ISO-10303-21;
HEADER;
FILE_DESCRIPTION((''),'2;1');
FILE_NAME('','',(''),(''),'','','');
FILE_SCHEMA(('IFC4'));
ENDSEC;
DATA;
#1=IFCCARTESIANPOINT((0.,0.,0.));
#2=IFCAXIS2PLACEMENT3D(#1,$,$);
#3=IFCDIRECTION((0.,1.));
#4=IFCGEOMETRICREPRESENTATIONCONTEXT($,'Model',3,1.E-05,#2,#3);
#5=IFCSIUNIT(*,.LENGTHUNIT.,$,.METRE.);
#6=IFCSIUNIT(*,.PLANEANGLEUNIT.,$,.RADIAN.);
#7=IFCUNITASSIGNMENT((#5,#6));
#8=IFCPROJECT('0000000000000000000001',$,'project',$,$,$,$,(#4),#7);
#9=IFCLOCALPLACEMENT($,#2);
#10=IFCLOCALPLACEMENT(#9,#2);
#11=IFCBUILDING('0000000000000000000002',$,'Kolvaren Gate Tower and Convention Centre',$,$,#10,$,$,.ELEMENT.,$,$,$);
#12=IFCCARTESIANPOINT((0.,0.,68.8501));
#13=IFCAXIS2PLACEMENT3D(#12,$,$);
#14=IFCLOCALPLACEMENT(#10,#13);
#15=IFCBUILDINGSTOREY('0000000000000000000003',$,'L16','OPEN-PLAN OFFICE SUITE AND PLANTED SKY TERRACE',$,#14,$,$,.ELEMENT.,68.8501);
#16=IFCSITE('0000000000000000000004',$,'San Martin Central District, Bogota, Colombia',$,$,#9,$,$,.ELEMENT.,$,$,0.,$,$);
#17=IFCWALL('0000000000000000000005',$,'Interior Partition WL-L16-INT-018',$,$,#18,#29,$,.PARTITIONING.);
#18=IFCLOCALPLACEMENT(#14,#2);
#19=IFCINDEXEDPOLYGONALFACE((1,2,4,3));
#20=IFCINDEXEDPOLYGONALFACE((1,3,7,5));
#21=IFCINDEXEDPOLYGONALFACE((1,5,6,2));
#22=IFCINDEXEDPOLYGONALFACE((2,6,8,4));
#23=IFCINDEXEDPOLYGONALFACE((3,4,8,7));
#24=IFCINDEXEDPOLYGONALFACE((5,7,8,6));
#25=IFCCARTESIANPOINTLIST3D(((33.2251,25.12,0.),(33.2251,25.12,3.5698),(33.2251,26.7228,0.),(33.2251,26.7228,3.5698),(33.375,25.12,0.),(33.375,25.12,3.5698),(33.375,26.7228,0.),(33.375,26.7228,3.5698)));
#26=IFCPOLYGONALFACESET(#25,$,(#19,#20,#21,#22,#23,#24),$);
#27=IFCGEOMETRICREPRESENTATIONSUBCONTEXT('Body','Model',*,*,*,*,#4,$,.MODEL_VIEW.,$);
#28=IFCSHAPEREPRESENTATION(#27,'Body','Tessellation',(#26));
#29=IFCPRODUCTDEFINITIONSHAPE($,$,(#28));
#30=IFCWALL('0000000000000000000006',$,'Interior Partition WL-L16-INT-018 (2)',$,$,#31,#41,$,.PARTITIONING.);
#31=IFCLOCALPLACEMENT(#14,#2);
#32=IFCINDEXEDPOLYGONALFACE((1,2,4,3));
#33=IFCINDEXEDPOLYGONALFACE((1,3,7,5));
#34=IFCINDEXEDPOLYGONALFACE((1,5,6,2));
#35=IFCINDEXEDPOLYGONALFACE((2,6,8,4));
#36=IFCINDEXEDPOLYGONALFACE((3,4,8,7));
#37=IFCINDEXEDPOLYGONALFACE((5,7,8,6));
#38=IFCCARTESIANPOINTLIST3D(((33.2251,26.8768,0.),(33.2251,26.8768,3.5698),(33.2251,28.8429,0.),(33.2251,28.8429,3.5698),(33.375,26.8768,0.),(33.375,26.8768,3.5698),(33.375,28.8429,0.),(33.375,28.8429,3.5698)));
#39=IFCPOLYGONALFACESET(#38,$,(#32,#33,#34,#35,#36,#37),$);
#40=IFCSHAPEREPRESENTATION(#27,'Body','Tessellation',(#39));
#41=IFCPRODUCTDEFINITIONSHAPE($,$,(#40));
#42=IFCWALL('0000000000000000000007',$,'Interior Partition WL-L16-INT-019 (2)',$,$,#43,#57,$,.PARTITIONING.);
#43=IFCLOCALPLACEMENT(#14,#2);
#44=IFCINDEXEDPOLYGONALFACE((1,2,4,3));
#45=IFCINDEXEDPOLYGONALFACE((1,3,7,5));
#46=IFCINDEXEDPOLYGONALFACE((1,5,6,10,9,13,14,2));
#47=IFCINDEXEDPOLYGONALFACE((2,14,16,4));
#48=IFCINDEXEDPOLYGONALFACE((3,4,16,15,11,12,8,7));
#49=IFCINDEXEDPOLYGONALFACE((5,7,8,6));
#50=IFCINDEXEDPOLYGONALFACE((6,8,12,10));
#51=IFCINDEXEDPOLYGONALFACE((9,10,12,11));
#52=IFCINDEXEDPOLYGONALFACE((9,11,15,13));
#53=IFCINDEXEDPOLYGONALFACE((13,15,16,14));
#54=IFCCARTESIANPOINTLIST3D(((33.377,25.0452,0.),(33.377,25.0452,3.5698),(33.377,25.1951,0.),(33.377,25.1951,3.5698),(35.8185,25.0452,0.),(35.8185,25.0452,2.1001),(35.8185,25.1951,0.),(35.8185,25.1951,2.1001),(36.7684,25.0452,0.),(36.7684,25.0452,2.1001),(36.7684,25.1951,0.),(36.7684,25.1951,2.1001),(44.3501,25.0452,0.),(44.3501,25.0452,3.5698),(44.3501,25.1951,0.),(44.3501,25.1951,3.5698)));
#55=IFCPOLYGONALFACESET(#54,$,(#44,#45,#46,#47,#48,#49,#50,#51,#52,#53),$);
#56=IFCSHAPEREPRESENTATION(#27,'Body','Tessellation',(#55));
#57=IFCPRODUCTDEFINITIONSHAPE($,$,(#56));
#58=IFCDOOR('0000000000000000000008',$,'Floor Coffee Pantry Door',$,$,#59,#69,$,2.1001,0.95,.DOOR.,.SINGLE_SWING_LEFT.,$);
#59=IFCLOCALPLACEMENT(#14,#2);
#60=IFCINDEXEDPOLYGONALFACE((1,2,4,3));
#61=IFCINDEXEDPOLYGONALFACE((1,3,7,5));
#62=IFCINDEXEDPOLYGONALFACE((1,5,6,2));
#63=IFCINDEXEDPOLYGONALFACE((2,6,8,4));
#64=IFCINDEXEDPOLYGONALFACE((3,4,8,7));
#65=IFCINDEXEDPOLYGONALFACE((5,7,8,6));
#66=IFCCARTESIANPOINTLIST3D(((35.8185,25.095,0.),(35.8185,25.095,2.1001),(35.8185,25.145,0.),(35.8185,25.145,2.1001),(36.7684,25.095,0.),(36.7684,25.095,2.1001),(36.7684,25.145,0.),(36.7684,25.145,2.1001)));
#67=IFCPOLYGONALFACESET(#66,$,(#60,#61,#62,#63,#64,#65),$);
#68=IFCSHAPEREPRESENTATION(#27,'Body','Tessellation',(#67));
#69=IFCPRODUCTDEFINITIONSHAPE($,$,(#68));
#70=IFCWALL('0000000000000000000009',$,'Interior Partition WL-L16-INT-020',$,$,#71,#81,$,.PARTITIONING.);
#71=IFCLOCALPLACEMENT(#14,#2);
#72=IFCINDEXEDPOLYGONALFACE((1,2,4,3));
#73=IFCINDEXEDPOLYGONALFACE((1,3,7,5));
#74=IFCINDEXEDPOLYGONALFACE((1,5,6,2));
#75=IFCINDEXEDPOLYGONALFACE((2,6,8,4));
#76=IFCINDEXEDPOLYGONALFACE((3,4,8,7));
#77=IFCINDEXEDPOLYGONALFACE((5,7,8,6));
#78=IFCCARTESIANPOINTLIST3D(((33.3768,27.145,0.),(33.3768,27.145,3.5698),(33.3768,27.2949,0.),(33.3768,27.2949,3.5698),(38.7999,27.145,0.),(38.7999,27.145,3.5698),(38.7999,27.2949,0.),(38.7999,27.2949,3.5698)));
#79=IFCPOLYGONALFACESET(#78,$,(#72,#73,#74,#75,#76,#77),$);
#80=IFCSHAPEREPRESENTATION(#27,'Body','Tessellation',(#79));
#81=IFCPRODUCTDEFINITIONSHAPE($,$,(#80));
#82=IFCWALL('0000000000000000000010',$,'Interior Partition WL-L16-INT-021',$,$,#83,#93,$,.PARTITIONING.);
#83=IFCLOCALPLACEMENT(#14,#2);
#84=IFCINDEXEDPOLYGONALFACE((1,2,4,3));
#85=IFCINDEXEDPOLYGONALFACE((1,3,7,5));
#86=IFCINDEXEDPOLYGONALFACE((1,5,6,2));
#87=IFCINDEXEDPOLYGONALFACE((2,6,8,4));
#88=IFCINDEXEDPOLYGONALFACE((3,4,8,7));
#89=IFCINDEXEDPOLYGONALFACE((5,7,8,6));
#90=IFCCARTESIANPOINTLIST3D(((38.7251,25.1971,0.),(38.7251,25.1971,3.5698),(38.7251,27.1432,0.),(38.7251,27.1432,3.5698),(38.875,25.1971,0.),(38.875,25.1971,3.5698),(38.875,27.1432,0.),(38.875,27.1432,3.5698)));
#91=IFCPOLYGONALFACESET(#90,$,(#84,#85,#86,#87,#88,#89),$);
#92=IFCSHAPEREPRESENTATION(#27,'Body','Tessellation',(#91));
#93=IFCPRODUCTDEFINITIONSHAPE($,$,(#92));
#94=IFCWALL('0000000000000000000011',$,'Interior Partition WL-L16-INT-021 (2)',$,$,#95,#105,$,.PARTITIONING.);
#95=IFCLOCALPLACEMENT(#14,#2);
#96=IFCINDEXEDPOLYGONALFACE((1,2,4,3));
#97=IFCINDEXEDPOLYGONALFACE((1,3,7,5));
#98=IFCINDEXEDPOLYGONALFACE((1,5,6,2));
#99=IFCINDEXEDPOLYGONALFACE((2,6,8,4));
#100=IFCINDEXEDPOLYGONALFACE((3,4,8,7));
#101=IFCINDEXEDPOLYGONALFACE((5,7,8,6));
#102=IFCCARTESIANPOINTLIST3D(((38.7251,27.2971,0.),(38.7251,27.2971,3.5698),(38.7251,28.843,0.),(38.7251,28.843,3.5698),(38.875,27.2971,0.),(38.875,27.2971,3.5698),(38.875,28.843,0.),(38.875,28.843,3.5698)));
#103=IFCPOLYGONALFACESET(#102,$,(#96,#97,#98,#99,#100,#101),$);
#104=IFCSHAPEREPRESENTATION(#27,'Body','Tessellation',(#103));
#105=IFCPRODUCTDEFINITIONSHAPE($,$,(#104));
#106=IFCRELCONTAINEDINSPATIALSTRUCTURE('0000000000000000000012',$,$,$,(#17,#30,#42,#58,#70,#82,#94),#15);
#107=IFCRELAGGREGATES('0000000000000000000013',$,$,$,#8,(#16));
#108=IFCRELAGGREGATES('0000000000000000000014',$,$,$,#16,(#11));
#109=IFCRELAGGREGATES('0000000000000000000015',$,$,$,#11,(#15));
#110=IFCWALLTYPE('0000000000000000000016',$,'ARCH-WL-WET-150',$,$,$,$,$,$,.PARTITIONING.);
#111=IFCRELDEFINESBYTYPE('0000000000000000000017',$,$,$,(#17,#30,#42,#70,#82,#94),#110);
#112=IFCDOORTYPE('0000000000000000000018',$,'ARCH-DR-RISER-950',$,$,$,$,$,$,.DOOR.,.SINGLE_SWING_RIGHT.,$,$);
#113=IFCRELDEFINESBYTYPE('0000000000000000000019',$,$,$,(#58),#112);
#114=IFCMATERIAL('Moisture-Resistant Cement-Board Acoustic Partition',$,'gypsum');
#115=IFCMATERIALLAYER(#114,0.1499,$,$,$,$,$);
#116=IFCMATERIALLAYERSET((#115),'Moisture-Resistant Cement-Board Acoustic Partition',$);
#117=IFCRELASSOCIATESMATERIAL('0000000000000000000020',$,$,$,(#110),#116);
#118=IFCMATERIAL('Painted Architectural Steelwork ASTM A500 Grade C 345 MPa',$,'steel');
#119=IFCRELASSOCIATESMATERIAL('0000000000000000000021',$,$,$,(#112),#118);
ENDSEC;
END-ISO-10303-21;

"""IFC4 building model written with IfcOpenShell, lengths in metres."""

from ifc_helpers import new_model, si_unit, direction, frame, frame_2d, origin, place, context, subcontext, project, spatial, rectangle, extrude, material, layer, layer_set, type_object, element, fill, save


model = new_model("IFC4")

# Units and contexts
model_context = context("Model", 3, precision=1e-05, world=origin(), true_north=direction((0.0, 1.0)))
body_context = subcontext(model_context, "Body", "Model", "MODEL_VIEW")
ifc_project = project(units=[si_unit("LENGTHUNIT", "METRE"), si_unit("PLANEANGLEUNIT", "RADIAN")], contexts=[model_context])

# Site, building, storey
site_placement = place(None, origin())
site = spatial("IfcSite", under=ifc_project, at=site_placement, Name="San Martin Central District, Bogota, Colombia", CompositionType="ELEMENT", RefElevation=0.0)
building_placement = place(site_placement, origin())
building = spatial("IfcBuilding", under=site, at=building_placement, Name="Kolvaren Gate Tower and Convention Centre", CompositionType="ELEMENT")
storey_placement = place(building_placement, frame((0.0, 0.0, 68.8501)))
storey = spatial("IfcBuildingStorey", under=building, at=storey_placement, Name="L16", Description="OPEN-PLAN OFFICE SUITE AND PLANTED SKY TERRACE", CompositionType="ELEMENT", Elevation=68.8501)

# Walls
ifc_material_1 = material(Name="Moisture-Resistant Cement-Board Acoustic Partition", Category="gypsum")
ifc_layer_1 = layer(ifc_material_1, 0.1499)
ifc_layer_set_1 = layer_set([ifc_layer_1], Name="Moisture-Resistant Cement-Board Acoustic Partition")
wall_type_1 = type_object("IfcWallType", Name="ARCH-WL-WET-150", PredefinedType="PARTITIONING", material=ifc_layer_set_1)
wall_1_placement = place(storey_placement, frame((33.3, 25.1201, 0.0), z_axis=(0.0, 0.0, 1.0), x_axis=(0.0, 1.0, 0.0)))
element("IfcWall", 1, at=wall_1_placement, inside=storey, type_object=wall_type_1, Name="Interior Partition WL-L16-INT-018", PredefinedType="PARTITIONING", context=body_context, shape_type="SweptSolid", body=[
    extrude(rectangle(XDim=1.6028, YDim=0.1499, at=frame_2d((0.8013, 0.0))), origin(), (0.0, 0.0, 1.0), 3.5698),
])
wall_2_placement = place(storey_placement, frame((33.3, 26.877, 0.0), z_axis=(0.0, 0.0, 1.0), x_axis=(0.0, 1.0, 0.0)))
element("IfcWall", 2, at=wall_2_placement, inside=storey, type_object=wall_type_1, Name="Interior Partition WL-L16-INT-018 (2)", PredefinedType="PARTITIONING", context=body_context, shape_type="SweptSolid", body=[
    extrude(rectangle(XDim=1.9661, YDim=0.1499, at=frame_2d((0.9829, 0.0))), origin(), (0.0, 0.0, 1.0), 3.5698),
])

# Wall, opening, door
wall_3_placement = place(storey_placement, frame((33.377, 25.1201, 0.0), z_axis=(0.0, 0.0, 1.0), x_axis=(1.0, 0.0, 0.0)))
wall_3 = element("IfcWall", 3, at=wall_3_placement, inside=storey, type_object=wall_type_1, Name="Interior Partition WL-L16-INT-019 (2)", PredefinedType="PARTITIONING", context=body_context, shape_type="SweptSolid", body=[
    extrude(rectangle(XDim=10.9731, YDim=0.1499, at=frame_2d((5.4866, 0.0))), origin(), (0.0, 0.0, 1.0), 3.5698),
])
opening_1_placement = place(wall_3_placement, frame((2.4414, 0.0, 0.0)))
opening_1 = element("IfcOpeningElement", 4, at=opening_1_placement, cuts=wall_3, PredefinedType="OPENING", context=body_context, shape_type="SweptSolid", body=[
    extrude(rectangle(XDim=0.95, YDim=2.1001, at=frame_2d((0.4751, 1.05))), frame((0.0, 0.085, 0.0), z_axis=(0.0, -1.0, 0.0), x_axis=(1.0, 0.0, 0.0)), (0.0, 0.0, 1.0), 0.1699),
])
ifc_material_2 = material(Name="Painted Architectural Steelwork ASTM A500 Grade C 345 MPa", Category="steel")
door_type_1 = type_object("IfcDoorType", Name="ARCH-DR-RISER-950", OperationType="SINGLE_SWING_RIGHT", PredefinedType="DOOR", material=ifc_material_2)
door_1_placement = place(opening_1_placement, origin())
door_1 = element("IfcDoor", 5, at=door_1_placement, inside=storey, type_object=door_type_1, Name="Floor Coffee Pantry Door", OperationType="SINGLE_SWING_LEFT", OverallHeight=2.1001, OverallWidth=0.95, PredefinedType="DOOR", context=body_context, shape_type="SweptSolid", body=[
    extrude(rectangle(XDim=0.95, YDim=2.1001, at=frame_2d((0.4751, 1.05))), frame((0.0, 0.0249, 0.0), z_axis=(0.0, -1.0, 0.0), x_axis=(1.0, 0.0, 0.0)), (0.0, 0.0, 1.0), 0.05),
])
fill(opening_1, door_1)

# Walls
wall_4_placement = place(storey_placement, frame((33.377, 27.22, 0.0), z_axis=(0.0, 0.0, 1.0), x_axis=(1.0, 0.0, 0.0)))
element("IfcWall", 6, at=wall_4_placement, inside=storey, type_object=wall_type_1, Name="Interior Partition WL-L16-INT-020", PredefinedType="PARTITIONING", context=body_context, shape_type="SweptSolid", body=[
    extrude(rectangle(XDim=5.4231, YDim=0.1499, at=frame_2d((2.7114, 0.0))), origin(), (0.0, 0.0, 1.0), 3.5698),
])
wall_5_placement = place(storey_placement, frame((38.8, 25.197, 0.0), z_axis=(0.0, 0.0, 1.0), x_axis=(0.0, 1.0, 0.0)))
element("IfcWall", 7, at=wall_5_placement, inside=storey, type_object=wall_type_1, Name="Interior Partition WL-L16-INT-021", PredefinedType="PARTITIONING", context=body_context, shape_type="SweptSolid", body=[
    extrude(rectangle(XDim=1.946, YDim=0.1499, at=frame_2d((0.9731, 0.0))), origin(), (0.0, 0.0, 1.0), 3.5698),
])
wall_6_placement = place(storey_placement, frame((38.8, 27.2971, 0.0), z_axis=(0.0, 0.0, 1.0), x_axis=(0.0, 1.0, 0.0)))
element("IfcWall", 8, at=wall_6_placement, inside=storey, type_object=wall_type_1, Name="Interior Partition WL-L16-INT-021 (2)", PredefinedType="PARTITIONING", context=body_context, shape_type="SweptSolid", body=[
    extrude(rectangle(XDim=1.5459, YDim=0.1499, at=frame_2d((0.7729, 0.0))), origin(), (0.0, 0.0, 1.0), 3.5698),
])

save(model, "model.ifc")
